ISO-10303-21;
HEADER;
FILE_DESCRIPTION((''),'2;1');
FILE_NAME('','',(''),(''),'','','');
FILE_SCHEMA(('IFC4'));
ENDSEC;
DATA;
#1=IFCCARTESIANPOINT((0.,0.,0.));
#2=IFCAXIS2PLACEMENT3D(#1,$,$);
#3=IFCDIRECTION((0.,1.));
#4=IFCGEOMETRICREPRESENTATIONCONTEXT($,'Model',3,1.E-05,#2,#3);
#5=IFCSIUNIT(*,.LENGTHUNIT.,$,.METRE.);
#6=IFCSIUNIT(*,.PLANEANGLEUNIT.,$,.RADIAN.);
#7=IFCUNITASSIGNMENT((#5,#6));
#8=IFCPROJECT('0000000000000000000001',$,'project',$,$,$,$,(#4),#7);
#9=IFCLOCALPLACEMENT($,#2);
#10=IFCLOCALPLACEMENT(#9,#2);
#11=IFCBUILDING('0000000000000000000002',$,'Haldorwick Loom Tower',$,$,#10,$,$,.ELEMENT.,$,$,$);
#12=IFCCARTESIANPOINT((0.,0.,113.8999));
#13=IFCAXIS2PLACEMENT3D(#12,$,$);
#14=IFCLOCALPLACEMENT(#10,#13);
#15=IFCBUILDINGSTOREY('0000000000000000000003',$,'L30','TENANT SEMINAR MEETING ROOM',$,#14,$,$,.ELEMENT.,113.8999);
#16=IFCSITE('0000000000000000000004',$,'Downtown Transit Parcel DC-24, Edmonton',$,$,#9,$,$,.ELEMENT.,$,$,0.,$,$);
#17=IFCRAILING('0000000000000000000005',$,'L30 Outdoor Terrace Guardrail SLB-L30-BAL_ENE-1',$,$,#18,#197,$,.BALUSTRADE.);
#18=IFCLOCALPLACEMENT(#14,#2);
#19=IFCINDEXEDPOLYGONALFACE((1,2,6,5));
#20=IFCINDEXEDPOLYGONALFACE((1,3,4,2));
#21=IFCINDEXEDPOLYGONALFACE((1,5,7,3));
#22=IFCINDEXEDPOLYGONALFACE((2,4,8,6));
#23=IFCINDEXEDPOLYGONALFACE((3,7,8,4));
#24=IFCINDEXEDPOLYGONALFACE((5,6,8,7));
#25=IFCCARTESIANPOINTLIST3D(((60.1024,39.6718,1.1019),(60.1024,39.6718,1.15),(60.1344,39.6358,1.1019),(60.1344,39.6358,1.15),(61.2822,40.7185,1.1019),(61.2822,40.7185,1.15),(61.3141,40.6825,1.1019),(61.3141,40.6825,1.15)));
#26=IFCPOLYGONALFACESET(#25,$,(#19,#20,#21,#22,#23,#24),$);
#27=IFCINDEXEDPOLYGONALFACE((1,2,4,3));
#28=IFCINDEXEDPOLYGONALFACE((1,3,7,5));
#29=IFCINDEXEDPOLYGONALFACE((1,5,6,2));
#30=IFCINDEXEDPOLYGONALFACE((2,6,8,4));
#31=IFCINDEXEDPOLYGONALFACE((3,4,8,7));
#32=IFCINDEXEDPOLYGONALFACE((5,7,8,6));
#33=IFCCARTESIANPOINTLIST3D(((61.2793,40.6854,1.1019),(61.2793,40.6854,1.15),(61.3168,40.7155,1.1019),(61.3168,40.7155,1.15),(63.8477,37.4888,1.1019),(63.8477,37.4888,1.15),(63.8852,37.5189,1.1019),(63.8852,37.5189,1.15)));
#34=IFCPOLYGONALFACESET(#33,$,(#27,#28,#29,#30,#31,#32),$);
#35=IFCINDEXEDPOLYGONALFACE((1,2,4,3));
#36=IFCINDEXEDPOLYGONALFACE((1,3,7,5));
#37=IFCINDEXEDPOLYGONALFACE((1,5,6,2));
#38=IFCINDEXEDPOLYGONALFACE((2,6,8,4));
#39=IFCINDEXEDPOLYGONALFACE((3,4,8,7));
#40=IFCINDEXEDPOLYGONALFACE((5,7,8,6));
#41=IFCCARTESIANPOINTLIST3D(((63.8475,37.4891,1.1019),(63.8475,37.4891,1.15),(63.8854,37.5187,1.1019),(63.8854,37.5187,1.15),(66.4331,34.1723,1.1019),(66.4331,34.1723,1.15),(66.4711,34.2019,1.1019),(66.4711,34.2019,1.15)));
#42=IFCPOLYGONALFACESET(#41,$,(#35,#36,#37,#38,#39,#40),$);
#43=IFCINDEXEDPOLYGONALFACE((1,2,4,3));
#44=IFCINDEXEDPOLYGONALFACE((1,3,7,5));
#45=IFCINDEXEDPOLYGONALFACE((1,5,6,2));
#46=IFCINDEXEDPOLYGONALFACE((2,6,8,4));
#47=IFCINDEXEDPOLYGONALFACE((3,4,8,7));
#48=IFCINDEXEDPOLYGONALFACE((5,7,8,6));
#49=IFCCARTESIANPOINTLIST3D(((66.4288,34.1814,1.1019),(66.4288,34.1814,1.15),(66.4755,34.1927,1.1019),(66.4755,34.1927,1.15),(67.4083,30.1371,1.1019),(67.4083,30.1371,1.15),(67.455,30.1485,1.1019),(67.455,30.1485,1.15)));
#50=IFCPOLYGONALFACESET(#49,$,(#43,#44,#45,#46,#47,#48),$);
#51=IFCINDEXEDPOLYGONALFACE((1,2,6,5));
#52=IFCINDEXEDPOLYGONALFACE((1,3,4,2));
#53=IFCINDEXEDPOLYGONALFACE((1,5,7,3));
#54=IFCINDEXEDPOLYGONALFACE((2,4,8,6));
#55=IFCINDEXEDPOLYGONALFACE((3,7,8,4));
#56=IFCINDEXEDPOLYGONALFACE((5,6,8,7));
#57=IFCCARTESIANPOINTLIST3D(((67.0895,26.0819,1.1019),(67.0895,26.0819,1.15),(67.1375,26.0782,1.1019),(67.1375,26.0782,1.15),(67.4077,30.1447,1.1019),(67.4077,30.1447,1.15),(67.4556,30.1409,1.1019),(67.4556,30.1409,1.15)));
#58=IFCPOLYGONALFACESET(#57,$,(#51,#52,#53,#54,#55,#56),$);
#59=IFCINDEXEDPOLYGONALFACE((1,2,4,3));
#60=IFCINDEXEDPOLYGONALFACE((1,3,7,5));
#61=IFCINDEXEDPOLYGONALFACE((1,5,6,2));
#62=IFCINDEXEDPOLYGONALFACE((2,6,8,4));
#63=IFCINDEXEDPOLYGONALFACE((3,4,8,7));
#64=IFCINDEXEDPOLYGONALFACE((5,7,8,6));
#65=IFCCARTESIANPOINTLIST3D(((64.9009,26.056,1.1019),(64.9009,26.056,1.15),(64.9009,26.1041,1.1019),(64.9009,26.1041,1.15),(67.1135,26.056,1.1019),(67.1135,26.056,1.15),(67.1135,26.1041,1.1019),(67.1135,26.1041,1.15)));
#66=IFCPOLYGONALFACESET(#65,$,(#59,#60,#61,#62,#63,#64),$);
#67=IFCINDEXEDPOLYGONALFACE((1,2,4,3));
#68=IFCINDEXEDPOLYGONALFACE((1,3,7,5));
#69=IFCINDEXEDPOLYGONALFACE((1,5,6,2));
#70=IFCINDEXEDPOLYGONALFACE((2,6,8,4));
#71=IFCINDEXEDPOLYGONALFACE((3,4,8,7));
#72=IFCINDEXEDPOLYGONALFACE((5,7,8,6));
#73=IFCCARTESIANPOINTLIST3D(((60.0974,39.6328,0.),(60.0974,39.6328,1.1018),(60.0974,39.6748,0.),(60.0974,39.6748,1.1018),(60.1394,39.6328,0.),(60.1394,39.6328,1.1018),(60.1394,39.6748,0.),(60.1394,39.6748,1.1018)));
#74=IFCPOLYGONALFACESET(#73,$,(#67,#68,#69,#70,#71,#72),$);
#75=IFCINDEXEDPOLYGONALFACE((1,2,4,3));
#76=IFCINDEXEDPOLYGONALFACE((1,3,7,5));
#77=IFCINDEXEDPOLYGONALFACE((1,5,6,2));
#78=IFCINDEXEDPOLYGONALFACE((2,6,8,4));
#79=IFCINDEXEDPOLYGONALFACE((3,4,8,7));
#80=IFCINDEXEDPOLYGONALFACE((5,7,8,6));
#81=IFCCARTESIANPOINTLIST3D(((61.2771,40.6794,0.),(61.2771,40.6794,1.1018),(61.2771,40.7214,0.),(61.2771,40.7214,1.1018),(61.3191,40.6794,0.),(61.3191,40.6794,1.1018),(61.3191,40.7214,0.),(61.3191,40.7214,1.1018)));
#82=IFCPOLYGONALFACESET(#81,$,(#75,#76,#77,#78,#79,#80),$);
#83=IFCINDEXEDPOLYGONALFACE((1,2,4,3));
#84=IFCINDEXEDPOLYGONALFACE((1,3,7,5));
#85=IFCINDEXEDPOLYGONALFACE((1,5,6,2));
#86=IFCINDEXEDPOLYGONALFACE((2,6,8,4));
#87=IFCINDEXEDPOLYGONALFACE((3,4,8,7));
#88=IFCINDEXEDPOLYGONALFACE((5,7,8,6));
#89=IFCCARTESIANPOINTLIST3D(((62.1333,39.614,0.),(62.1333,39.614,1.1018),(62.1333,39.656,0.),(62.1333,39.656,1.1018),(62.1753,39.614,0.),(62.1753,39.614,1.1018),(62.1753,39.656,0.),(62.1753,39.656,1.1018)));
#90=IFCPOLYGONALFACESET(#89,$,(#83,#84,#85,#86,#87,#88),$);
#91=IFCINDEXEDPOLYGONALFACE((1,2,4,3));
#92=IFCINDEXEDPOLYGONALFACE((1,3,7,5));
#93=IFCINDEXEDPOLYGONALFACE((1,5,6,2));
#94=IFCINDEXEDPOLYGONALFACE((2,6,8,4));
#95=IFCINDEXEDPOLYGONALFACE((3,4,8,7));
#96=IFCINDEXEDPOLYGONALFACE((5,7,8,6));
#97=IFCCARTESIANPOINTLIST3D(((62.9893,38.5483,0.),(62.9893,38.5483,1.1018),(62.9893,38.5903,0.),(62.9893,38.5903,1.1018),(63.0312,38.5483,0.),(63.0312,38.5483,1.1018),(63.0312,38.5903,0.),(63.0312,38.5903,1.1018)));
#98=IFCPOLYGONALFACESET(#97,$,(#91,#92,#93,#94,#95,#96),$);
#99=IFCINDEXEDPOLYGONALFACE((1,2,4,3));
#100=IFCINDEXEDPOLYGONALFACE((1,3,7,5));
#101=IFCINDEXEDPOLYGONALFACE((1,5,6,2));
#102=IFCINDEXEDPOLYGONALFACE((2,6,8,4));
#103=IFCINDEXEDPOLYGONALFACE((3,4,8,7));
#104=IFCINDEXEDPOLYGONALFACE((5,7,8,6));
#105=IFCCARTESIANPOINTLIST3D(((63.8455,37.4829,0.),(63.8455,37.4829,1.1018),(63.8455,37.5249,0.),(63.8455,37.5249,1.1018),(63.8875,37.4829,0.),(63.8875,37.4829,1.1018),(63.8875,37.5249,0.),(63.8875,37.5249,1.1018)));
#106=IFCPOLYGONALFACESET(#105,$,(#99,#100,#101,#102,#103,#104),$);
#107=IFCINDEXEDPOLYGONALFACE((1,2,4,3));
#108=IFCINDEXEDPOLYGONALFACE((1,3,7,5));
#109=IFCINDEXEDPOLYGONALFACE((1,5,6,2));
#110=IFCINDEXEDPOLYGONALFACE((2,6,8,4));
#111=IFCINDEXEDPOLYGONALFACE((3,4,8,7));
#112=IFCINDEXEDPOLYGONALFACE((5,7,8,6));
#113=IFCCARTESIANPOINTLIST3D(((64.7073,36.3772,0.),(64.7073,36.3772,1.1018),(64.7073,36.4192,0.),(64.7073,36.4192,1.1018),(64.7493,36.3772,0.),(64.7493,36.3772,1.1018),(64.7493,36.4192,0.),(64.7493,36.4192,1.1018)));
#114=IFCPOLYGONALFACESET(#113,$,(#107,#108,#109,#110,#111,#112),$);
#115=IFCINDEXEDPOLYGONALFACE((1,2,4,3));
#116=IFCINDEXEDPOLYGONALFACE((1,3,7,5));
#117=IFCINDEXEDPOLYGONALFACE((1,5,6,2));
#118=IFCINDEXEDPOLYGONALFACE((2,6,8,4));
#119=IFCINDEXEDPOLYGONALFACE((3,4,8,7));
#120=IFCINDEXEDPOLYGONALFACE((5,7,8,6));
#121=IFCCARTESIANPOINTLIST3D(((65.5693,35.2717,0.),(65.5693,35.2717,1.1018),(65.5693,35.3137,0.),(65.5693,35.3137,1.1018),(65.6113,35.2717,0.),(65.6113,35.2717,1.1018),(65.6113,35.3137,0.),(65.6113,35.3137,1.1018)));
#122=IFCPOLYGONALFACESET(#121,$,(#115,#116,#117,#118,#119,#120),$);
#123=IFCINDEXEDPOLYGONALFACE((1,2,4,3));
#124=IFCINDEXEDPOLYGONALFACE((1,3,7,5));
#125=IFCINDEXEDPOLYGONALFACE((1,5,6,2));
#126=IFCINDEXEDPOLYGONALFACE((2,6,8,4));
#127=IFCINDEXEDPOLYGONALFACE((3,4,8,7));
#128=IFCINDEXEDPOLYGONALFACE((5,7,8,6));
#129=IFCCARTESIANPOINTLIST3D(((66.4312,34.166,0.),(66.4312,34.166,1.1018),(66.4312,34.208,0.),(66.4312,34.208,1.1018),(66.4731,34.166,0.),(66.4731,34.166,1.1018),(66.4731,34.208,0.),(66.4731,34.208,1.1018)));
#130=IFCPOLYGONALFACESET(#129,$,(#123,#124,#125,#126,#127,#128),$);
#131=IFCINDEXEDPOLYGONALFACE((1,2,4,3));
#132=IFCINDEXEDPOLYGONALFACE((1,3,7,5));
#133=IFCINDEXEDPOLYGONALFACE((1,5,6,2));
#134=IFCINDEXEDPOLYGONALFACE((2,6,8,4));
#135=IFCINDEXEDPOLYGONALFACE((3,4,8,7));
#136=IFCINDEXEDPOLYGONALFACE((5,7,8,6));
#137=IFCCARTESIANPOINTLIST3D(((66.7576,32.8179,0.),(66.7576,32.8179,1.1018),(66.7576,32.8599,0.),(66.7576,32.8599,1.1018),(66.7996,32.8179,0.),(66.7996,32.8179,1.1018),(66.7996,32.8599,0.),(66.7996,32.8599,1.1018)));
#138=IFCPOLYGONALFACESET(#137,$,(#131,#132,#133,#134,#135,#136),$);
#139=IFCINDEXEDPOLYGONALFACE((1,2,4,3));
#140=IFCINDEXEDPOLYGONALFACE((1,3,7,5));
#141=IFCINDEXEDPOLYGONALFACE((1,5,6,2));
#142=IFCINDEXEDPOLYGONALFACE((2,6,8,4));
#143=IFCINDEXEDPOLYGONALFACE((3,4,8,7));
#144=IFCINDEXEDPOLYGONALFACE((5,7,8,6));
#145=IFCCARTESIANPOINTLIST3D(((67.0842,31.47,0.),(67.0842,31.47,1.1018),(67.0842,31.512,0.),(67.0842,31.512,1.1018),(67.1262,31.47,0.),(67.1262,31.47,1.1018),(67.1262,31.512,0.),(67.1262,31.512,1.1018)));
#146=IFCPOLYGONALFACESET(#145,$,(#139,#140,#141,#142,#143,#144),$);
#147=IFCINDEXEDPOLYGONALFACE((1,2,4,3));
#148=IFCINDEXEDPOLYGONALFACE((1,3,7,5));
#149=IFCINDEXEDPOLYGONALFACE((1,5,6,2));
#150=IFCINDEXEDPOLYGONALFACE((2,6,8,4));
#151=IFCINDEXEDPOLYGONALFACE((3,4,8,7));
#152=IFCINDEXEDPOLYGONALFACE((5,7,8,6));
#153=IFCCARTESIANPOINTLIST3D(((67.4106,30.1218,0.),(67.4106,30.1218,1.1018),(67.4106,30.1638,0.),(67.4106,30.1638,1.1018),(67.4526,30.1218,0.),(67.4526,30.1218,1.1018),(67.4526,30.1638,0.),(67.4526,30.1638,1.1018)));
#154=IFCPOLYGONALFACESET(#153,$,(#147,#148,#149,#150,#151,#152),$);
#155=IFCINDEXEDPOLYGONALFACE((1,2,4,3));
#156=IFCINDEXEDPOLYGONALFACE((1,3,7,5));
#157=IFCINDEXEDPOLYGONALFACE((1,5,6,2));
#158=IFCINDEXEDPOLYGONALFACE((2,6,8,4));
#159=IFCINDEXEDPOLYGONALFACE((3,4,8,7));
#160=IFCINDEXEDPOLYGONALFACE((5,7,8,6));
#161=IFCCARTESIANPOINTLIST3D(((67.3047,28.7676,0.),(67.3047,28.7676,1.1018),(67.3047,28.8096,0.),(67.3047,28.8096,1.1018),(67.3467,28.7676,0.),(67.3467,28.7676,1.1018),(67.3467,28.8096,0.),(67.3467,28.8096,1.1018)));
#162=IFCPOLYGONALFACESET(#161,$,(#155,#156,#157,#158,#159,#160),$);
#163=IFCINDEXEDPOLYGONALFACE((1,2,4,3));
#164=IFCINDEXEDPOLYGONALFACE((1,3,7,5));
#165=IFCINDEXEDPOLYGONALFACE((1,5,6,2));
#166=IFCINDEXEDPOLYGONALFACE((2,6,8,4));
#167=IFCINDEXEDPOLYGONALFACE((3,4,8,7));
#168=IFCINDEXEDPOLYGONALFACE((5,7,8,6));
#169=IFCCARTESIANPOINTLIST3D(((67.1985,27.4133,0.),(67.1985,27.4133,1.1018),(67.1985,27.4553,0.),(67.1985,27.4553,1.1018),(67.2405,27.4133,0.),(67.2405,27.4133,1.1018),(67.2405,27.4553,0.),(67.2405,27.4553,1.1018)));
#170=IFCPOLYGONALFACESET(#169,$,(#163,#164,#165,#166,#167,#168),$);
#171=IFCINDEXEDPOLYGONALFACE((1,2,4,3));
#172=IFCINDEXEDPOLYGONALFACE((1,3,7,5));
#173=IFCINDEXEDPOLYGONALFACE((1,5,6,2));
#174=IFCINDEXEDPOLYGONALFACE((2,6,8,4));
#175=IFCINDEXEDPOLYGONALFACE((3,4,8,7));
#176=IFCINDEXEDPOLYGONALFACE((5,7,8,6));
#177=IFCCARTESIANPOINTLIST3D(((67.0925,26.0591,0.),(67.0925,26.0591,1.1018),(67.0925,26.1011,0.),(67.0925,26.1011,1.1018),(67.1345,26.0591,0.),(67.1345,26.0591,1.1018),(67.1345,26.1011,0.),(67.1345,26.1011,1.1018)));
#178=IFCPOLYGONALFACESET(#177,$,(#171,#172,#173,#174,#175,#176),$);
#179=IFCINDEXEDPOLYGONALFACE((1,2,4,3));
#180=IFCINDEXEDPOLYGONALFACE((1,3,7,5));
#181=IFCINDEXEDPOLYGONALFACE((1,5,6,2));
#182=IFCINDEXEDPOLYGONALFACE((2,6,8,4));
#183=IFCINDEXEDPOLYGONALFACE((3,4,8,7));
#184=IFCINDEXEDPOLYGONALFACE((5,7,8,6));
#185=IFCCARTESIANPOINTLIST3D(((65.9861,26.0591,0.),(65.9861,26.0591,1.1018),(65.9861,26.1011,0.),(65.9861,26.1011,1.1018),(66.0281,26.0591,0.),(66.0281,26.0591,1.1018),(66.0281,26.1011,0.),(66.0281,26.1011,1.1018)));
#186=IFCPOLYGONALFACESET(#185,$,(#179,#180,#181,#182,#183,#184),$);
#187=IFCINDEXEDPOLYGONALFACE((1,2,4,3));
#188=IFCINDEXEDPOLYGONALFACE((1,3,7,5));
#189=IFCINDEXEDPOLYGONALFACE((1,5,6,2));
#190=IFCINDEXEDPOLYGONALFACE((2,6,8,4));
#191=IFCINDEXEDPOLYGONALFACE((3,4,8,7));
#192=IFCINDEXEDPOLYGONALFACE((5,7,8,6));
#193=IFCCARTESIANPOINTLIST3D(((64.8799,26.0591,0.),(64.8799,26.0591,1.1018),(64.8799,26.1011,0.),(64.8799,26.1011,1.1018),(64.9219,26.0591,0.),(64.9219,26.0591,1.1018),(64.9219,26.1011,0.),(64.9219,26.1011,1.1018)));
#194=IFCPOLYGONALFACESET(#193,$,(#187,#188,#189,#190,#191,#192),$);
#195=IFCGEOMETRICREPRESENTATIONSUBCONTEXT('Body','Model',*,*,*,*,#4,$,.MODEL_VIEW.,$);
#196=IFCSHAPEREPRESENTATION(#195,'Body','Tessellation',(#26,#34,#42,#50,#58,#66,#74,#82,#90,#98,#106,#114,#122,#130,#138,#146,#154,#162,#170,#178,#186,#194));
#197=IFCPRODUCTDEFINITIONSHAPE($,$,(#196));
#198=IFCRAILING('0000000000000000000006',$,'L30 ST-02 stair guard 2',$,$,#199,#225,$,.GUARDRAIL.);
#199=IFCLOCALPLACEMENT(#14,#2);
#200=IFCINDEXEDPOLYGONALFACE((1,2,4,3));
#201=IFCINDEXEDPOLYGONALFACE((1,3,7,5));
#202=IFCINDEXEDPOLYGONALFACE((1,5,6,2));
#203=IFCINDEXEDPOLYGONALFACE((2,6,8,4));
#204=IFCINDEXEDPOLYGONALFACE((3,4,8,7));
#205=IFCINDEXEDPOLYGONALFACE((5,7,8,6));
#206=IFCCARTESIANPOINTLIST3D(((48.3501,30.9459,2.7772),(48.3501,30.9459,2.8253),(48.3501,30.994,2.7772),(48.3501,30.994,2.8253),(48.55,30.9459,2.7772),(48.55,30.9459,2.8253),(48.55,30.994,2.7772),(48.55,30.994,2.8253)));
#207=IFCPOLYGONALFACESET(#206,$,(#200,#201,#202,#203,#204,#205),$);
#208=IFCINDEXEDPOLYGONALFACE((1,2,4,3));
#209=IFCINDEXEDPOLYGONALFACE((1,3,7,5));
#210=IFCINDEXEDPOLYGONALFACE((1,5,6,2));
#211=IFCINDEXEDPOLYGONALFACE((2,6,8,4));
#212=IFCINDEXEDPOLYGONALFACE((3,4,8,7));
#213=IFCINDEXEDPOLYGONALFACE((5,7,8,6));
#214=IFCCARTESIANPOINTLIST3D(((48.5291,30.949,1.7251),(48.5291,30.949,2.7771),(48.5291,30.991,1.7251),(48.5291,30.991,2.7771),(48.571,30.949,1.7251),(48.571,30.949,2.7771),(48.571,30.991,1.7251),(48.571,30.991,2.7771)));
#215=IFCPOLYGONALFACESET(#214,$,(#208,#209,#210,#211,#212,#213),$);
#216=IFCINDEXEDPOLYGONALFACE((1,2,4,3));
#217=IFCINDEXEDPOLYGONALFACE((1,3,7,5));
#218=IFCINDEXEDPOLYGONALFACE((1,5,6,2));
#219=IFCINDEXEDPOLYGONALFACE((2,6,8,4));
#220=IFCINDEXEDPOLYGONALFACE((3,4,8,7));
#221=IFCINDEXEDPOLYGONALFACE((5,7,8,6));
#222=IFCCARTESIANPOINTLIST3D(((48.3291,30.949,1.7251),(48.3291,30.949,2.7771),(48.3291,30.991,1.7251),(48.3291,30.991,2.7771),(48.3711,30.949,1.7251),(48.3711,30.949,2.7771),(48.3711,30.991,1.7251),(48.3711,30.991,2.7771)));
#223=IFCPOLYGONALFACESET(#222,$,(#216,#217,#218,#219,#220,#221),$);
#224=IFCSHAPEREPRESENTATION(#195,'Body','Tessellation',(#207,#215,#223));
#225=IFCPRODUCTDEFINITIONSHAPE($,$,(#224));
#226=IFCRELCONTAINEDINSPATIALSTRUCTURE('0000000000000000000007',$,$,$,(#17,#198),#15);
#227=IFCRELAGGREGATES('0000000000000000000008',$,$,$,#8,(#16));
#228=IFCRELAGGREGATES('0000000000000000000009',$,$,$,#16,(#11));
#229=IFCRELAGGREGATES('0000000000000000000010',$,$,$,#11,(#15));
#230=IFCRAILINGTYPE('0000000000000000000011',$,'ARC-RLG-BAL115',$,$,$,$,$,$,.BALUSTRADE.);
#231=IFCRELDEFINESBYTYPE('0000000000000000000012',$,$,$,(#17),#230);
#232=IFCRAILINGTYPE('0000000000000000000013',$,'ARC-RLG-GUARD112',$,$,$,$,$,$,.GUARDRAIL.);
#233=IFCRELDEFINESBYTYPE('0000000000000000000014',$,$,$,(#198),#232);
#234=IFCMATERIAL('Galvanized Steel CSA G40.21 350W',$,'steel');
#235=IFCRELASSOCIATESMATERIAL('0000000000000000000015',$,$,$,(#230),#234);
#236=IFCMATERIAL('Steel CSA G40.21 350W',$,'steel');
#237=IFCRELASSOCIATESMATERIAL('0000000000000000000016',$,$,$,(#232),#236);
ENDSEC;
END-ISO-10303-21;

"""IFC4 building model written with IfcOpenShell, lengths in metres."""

from ifc_helpers import new_model, si_unit, direction, frame, origin, origin_2d, place, context, subcontext, project, spatial, rectangle, extrude, material, type_object, element, save


model = new_model("IFC4")

# Units and contexts
model_context = context("Model", 3, precision=1e-05, world=origin(), true_north=direction((0.0, 1.0)))
body_context = subcontext(model_context, "Body", "Model", "MODEL_VIEW")
ifc_project = project(units=[si_unit("LENGTHUNIT", "METRE"), si_unit("PLANEANGLEUNIT", "RADIAN")], contexts=[model_context])

# Site, building, storey
site_placement = place(None, origin())
site = spatial("IfcSite", under=ifc_project, at=site_placement, Name="Downtown Transit Parcel DC-24, Edmonton", CompositionType="ELEMENT", RefElevation=0.0)
building_placement = place(site_placement, origin())
building = spatial("IfcBuilding", under=site, at=building_placement, Name="Haldorwick Loom Tower", CompositionType="ELEMENT")
storey_placement = place(building_placement, frame((0.0, 0.0, 113.8999)))
storey = spatial("IfcBuildingStorey", under=building, at=storey_placement, Name="L30", Description="TENANT SEMINAR MEETING ROOM", CompositionType="ELEMENT", Elevation=113.8999)

# Shared definitions
ifc_material_1 = material(Name="Steel CSA G40.21 350W", Category="steel")

# Railings
ifc_material_2 = material(Name="Galvanized Steel CSA G40.21 350W", Category="steel")
railing_type_1 = type_object("IfcRailingType", Name="ARC-RLG-BAL115", PredefinedType="BALUSTRADE", material=ifc_material_2)
railing_1_placement = place(storey_placement, frame((60.1184, 39.6538, 0.0)))
element("IfcRailing", 1, at=railing_1_placement, inside=storey, type_object=railing_type_1, Name="L30 Outdoor Terrace Guardrail SLB-L30-BAL_ENE-1", PredefinedType="BALUSTRADE", context=body_context, shape_type="SweptSolid", body=[
    extrude(rectangle(XDim=0.0481, YDim=0.0481, at=origin_2d()), frame((0.0, 0.0, 1.126), z_axis=(0.748032, 0.663662, 0.0), x_axis=(-0.663662, 0.748032, 0.0)), (0.0, 0.0, 1.0), 1.5771),
    extrude(rectangle(XDim=0.0481, YDim=0.0481, at=origin_2d()), frame((1.1797, 1.0466, 1.126), z_axis=(0.626349, -0.779543, 0.0), x_axis=(0.779543, 0.626349, 0.0)), (0.0, 0.0, 1.0), 4.1006),
    extrude(rectangle(XDim=0.0481, YDim=0.0481, at=origin_2d()), frame((3.748, -2.1499, 1.126), z_axis=(0.614812, -0.788673, 0.0), x_axis=(0.788673, 0.614812, 0.0)), (0.0, 0.0, 1.0), 4.2056),
    extrude(rectangle(XDim=0.0481, YDim=0.0481, at=origin_2d()), frame((6.3337, -5.4668, 1.126), z_axis=(0.235392, -0.971901, 0.0), x_axis=(0.971901, 0.235392, 0.0)), (0.0, 0.0, 1.0), 4.1611),
    extrude(rectangle(XDim=0.0481, YDim=0.0481, at=origin_2d()), frame((7.3132, -9.511, 1.126), z_axis=(-0.078062, -0.996949, 0.0), x_axis=(0.996949, -0.078062, 0.0)), (0.0, 0.0, 1.0), 4.0752),
    extrude(rectangle(XDim=0.0481, YDim=0.0481, at=origin_2d()), frame((6.9951, -13.5737, 1.126), z_axis=(-1.0, 0.0, 0.0), x_axis=(0.0, -1.0, 0.0)), (0.0, 0.0, 1.0), 2.2126),
    extrude(rectangle(XDim=0.042, YDim=0.042, at=origin_2d()), origin(), (0.0, 0.0, 1.0), 1.1018),
    extrude(rectangle(XDim=0.042, YDim=0.042, at=origin_2d()), frame((1.1797, 1.0466, 0.0)), (0.0, 0.0, 1.0), 1.1018),
    extrude(rectangle(XDim=0.042, YDim=0.042, at=origin_2d()), frame((2.0359, -0.0188, 0.0)), (0.0, 0.0, 1.0), 1.1018),
    extrude(rectangle(XDim=0.042, YDim=0.042, at=origin_2d()), frame((2.8918, -1.0845, 0.0)), (0.0, 0.0, 1.0), 1.1018),
    extrude(rectangle(XDim=0.042, YDim=0.042, at=origin_2d()), frame((3.748, -2.1499, 0.0)), (0.0, 0.0, 1.0), 1.1018),
    extrude(rectangle(XDim=0.042, YDim=0.042, at=origin_2d()), frame((4.6099, -3.2556, 0.0)), (0.0, 0.0, 1.0), 1.1018),
    extrude(rectangle(XDim=0.042, YDim=0.042, at=origin_2d()), frame((5.4719, -4.3611, 0.0)), (0.0, 0.0, 1.0), 1.1018),
    extrude(rectangle(XDim=0.042, YDim=0.042, at=origin_2d()), frame((6.3337, -5.4668, 0.0)), (0.0, 0.0, 1.0), 1.1018),
    extrude(rectangle(XDim=0.042, YDim=0.042, at=origin_2d()), frame((6.6602, -6.8149, 0.0)), (0.0, 0.0, 1.0), 1.1018),
    extrude(rectangle(XDim=0.042, YDim=0.042, at=origin_2d()), frame((6.9868, -8.1628, 0.0)), (0.0, 0.0, 1.0), 1.1018),
    extrude(rectangle(XDim=0.042, YDim=0.042, at=origin_2d()), frame((7.3132, -9.511, 0.0)), (0.0, 0.0, 1.0), 1.1018),
    extrude(rectangle(XDim=0.042, YDim=0.042, at=origin_2d()), frame((7.2073, -10.8652, 0.0)), (0.0, 0.0, 1.0), 1.1018),
    extrude(rectangle(XDim=0.042, YDim=0.042, at=origin_2d()), frame((7.1011, -12.2195, 0.0)), (0.0, 0.0, 1.0), 1.1018),
    extrude(rectangle(XDim=0.042, YDim=0.042, at=origin_2d()), frame((6.9951, -13.5737, 0.0)), (0.0, 0.0, 1.0), 1.1018),
    extrude(rectangle(XDim=0.042, YDim=0.042, at=origin_2d()), frame((5.8887, -13.5737, 0.0)), (0.0, 0.0, 1.0), 1.1018),
    extrude(rectangle(XDim=0.042, YDim=0.042, at=origin_2d()), frame((4.7825, -13.5737, 0.0)), (0.0, 0.0, 1.0), 1.1018),
])
railing_type_2 = type_object("IfcRailingType", Name="ARC-RLG-GUARD112", PredefinedType="GUARDRAIL", material=ifc_material_1)
railing_2_placement = place(storey_placement, frame((48.55, 30.97, 1.7251)))
element("IfcRailing", 2, at=railing_2_placement, inside=storey, type_object=railing_type_2, Name="L30 ST-02 stair guard 2", PredefinedType="GUARDRAIL", context=body_context, shape_type="SweptSolid", body=[
    extrude(rectangle(XDim=0.0481, YDim=0.0481, at=origin_2d()), frame((0.0, 0.0, 1.0762), z_axis=(-1.0, 0.0, 0.0), x_axis=(0.0, -1.0, 0.0)), (0.0, 0.0, 1.0), 0.2),
    extrude(rectangle(XDim=0.042, YDim=0.042, at=origin_2d()), origin(), (0.0, 0.0, 1.0), 1.052),
    extrude(rectangle(XDim=0.042, YDim=0.042, at=origin_2d()), frame((-0.2, 0.0, 0.0)), (0.0, 0.0, 1.0), 1.052),
])

save(model, "model.ifc")
